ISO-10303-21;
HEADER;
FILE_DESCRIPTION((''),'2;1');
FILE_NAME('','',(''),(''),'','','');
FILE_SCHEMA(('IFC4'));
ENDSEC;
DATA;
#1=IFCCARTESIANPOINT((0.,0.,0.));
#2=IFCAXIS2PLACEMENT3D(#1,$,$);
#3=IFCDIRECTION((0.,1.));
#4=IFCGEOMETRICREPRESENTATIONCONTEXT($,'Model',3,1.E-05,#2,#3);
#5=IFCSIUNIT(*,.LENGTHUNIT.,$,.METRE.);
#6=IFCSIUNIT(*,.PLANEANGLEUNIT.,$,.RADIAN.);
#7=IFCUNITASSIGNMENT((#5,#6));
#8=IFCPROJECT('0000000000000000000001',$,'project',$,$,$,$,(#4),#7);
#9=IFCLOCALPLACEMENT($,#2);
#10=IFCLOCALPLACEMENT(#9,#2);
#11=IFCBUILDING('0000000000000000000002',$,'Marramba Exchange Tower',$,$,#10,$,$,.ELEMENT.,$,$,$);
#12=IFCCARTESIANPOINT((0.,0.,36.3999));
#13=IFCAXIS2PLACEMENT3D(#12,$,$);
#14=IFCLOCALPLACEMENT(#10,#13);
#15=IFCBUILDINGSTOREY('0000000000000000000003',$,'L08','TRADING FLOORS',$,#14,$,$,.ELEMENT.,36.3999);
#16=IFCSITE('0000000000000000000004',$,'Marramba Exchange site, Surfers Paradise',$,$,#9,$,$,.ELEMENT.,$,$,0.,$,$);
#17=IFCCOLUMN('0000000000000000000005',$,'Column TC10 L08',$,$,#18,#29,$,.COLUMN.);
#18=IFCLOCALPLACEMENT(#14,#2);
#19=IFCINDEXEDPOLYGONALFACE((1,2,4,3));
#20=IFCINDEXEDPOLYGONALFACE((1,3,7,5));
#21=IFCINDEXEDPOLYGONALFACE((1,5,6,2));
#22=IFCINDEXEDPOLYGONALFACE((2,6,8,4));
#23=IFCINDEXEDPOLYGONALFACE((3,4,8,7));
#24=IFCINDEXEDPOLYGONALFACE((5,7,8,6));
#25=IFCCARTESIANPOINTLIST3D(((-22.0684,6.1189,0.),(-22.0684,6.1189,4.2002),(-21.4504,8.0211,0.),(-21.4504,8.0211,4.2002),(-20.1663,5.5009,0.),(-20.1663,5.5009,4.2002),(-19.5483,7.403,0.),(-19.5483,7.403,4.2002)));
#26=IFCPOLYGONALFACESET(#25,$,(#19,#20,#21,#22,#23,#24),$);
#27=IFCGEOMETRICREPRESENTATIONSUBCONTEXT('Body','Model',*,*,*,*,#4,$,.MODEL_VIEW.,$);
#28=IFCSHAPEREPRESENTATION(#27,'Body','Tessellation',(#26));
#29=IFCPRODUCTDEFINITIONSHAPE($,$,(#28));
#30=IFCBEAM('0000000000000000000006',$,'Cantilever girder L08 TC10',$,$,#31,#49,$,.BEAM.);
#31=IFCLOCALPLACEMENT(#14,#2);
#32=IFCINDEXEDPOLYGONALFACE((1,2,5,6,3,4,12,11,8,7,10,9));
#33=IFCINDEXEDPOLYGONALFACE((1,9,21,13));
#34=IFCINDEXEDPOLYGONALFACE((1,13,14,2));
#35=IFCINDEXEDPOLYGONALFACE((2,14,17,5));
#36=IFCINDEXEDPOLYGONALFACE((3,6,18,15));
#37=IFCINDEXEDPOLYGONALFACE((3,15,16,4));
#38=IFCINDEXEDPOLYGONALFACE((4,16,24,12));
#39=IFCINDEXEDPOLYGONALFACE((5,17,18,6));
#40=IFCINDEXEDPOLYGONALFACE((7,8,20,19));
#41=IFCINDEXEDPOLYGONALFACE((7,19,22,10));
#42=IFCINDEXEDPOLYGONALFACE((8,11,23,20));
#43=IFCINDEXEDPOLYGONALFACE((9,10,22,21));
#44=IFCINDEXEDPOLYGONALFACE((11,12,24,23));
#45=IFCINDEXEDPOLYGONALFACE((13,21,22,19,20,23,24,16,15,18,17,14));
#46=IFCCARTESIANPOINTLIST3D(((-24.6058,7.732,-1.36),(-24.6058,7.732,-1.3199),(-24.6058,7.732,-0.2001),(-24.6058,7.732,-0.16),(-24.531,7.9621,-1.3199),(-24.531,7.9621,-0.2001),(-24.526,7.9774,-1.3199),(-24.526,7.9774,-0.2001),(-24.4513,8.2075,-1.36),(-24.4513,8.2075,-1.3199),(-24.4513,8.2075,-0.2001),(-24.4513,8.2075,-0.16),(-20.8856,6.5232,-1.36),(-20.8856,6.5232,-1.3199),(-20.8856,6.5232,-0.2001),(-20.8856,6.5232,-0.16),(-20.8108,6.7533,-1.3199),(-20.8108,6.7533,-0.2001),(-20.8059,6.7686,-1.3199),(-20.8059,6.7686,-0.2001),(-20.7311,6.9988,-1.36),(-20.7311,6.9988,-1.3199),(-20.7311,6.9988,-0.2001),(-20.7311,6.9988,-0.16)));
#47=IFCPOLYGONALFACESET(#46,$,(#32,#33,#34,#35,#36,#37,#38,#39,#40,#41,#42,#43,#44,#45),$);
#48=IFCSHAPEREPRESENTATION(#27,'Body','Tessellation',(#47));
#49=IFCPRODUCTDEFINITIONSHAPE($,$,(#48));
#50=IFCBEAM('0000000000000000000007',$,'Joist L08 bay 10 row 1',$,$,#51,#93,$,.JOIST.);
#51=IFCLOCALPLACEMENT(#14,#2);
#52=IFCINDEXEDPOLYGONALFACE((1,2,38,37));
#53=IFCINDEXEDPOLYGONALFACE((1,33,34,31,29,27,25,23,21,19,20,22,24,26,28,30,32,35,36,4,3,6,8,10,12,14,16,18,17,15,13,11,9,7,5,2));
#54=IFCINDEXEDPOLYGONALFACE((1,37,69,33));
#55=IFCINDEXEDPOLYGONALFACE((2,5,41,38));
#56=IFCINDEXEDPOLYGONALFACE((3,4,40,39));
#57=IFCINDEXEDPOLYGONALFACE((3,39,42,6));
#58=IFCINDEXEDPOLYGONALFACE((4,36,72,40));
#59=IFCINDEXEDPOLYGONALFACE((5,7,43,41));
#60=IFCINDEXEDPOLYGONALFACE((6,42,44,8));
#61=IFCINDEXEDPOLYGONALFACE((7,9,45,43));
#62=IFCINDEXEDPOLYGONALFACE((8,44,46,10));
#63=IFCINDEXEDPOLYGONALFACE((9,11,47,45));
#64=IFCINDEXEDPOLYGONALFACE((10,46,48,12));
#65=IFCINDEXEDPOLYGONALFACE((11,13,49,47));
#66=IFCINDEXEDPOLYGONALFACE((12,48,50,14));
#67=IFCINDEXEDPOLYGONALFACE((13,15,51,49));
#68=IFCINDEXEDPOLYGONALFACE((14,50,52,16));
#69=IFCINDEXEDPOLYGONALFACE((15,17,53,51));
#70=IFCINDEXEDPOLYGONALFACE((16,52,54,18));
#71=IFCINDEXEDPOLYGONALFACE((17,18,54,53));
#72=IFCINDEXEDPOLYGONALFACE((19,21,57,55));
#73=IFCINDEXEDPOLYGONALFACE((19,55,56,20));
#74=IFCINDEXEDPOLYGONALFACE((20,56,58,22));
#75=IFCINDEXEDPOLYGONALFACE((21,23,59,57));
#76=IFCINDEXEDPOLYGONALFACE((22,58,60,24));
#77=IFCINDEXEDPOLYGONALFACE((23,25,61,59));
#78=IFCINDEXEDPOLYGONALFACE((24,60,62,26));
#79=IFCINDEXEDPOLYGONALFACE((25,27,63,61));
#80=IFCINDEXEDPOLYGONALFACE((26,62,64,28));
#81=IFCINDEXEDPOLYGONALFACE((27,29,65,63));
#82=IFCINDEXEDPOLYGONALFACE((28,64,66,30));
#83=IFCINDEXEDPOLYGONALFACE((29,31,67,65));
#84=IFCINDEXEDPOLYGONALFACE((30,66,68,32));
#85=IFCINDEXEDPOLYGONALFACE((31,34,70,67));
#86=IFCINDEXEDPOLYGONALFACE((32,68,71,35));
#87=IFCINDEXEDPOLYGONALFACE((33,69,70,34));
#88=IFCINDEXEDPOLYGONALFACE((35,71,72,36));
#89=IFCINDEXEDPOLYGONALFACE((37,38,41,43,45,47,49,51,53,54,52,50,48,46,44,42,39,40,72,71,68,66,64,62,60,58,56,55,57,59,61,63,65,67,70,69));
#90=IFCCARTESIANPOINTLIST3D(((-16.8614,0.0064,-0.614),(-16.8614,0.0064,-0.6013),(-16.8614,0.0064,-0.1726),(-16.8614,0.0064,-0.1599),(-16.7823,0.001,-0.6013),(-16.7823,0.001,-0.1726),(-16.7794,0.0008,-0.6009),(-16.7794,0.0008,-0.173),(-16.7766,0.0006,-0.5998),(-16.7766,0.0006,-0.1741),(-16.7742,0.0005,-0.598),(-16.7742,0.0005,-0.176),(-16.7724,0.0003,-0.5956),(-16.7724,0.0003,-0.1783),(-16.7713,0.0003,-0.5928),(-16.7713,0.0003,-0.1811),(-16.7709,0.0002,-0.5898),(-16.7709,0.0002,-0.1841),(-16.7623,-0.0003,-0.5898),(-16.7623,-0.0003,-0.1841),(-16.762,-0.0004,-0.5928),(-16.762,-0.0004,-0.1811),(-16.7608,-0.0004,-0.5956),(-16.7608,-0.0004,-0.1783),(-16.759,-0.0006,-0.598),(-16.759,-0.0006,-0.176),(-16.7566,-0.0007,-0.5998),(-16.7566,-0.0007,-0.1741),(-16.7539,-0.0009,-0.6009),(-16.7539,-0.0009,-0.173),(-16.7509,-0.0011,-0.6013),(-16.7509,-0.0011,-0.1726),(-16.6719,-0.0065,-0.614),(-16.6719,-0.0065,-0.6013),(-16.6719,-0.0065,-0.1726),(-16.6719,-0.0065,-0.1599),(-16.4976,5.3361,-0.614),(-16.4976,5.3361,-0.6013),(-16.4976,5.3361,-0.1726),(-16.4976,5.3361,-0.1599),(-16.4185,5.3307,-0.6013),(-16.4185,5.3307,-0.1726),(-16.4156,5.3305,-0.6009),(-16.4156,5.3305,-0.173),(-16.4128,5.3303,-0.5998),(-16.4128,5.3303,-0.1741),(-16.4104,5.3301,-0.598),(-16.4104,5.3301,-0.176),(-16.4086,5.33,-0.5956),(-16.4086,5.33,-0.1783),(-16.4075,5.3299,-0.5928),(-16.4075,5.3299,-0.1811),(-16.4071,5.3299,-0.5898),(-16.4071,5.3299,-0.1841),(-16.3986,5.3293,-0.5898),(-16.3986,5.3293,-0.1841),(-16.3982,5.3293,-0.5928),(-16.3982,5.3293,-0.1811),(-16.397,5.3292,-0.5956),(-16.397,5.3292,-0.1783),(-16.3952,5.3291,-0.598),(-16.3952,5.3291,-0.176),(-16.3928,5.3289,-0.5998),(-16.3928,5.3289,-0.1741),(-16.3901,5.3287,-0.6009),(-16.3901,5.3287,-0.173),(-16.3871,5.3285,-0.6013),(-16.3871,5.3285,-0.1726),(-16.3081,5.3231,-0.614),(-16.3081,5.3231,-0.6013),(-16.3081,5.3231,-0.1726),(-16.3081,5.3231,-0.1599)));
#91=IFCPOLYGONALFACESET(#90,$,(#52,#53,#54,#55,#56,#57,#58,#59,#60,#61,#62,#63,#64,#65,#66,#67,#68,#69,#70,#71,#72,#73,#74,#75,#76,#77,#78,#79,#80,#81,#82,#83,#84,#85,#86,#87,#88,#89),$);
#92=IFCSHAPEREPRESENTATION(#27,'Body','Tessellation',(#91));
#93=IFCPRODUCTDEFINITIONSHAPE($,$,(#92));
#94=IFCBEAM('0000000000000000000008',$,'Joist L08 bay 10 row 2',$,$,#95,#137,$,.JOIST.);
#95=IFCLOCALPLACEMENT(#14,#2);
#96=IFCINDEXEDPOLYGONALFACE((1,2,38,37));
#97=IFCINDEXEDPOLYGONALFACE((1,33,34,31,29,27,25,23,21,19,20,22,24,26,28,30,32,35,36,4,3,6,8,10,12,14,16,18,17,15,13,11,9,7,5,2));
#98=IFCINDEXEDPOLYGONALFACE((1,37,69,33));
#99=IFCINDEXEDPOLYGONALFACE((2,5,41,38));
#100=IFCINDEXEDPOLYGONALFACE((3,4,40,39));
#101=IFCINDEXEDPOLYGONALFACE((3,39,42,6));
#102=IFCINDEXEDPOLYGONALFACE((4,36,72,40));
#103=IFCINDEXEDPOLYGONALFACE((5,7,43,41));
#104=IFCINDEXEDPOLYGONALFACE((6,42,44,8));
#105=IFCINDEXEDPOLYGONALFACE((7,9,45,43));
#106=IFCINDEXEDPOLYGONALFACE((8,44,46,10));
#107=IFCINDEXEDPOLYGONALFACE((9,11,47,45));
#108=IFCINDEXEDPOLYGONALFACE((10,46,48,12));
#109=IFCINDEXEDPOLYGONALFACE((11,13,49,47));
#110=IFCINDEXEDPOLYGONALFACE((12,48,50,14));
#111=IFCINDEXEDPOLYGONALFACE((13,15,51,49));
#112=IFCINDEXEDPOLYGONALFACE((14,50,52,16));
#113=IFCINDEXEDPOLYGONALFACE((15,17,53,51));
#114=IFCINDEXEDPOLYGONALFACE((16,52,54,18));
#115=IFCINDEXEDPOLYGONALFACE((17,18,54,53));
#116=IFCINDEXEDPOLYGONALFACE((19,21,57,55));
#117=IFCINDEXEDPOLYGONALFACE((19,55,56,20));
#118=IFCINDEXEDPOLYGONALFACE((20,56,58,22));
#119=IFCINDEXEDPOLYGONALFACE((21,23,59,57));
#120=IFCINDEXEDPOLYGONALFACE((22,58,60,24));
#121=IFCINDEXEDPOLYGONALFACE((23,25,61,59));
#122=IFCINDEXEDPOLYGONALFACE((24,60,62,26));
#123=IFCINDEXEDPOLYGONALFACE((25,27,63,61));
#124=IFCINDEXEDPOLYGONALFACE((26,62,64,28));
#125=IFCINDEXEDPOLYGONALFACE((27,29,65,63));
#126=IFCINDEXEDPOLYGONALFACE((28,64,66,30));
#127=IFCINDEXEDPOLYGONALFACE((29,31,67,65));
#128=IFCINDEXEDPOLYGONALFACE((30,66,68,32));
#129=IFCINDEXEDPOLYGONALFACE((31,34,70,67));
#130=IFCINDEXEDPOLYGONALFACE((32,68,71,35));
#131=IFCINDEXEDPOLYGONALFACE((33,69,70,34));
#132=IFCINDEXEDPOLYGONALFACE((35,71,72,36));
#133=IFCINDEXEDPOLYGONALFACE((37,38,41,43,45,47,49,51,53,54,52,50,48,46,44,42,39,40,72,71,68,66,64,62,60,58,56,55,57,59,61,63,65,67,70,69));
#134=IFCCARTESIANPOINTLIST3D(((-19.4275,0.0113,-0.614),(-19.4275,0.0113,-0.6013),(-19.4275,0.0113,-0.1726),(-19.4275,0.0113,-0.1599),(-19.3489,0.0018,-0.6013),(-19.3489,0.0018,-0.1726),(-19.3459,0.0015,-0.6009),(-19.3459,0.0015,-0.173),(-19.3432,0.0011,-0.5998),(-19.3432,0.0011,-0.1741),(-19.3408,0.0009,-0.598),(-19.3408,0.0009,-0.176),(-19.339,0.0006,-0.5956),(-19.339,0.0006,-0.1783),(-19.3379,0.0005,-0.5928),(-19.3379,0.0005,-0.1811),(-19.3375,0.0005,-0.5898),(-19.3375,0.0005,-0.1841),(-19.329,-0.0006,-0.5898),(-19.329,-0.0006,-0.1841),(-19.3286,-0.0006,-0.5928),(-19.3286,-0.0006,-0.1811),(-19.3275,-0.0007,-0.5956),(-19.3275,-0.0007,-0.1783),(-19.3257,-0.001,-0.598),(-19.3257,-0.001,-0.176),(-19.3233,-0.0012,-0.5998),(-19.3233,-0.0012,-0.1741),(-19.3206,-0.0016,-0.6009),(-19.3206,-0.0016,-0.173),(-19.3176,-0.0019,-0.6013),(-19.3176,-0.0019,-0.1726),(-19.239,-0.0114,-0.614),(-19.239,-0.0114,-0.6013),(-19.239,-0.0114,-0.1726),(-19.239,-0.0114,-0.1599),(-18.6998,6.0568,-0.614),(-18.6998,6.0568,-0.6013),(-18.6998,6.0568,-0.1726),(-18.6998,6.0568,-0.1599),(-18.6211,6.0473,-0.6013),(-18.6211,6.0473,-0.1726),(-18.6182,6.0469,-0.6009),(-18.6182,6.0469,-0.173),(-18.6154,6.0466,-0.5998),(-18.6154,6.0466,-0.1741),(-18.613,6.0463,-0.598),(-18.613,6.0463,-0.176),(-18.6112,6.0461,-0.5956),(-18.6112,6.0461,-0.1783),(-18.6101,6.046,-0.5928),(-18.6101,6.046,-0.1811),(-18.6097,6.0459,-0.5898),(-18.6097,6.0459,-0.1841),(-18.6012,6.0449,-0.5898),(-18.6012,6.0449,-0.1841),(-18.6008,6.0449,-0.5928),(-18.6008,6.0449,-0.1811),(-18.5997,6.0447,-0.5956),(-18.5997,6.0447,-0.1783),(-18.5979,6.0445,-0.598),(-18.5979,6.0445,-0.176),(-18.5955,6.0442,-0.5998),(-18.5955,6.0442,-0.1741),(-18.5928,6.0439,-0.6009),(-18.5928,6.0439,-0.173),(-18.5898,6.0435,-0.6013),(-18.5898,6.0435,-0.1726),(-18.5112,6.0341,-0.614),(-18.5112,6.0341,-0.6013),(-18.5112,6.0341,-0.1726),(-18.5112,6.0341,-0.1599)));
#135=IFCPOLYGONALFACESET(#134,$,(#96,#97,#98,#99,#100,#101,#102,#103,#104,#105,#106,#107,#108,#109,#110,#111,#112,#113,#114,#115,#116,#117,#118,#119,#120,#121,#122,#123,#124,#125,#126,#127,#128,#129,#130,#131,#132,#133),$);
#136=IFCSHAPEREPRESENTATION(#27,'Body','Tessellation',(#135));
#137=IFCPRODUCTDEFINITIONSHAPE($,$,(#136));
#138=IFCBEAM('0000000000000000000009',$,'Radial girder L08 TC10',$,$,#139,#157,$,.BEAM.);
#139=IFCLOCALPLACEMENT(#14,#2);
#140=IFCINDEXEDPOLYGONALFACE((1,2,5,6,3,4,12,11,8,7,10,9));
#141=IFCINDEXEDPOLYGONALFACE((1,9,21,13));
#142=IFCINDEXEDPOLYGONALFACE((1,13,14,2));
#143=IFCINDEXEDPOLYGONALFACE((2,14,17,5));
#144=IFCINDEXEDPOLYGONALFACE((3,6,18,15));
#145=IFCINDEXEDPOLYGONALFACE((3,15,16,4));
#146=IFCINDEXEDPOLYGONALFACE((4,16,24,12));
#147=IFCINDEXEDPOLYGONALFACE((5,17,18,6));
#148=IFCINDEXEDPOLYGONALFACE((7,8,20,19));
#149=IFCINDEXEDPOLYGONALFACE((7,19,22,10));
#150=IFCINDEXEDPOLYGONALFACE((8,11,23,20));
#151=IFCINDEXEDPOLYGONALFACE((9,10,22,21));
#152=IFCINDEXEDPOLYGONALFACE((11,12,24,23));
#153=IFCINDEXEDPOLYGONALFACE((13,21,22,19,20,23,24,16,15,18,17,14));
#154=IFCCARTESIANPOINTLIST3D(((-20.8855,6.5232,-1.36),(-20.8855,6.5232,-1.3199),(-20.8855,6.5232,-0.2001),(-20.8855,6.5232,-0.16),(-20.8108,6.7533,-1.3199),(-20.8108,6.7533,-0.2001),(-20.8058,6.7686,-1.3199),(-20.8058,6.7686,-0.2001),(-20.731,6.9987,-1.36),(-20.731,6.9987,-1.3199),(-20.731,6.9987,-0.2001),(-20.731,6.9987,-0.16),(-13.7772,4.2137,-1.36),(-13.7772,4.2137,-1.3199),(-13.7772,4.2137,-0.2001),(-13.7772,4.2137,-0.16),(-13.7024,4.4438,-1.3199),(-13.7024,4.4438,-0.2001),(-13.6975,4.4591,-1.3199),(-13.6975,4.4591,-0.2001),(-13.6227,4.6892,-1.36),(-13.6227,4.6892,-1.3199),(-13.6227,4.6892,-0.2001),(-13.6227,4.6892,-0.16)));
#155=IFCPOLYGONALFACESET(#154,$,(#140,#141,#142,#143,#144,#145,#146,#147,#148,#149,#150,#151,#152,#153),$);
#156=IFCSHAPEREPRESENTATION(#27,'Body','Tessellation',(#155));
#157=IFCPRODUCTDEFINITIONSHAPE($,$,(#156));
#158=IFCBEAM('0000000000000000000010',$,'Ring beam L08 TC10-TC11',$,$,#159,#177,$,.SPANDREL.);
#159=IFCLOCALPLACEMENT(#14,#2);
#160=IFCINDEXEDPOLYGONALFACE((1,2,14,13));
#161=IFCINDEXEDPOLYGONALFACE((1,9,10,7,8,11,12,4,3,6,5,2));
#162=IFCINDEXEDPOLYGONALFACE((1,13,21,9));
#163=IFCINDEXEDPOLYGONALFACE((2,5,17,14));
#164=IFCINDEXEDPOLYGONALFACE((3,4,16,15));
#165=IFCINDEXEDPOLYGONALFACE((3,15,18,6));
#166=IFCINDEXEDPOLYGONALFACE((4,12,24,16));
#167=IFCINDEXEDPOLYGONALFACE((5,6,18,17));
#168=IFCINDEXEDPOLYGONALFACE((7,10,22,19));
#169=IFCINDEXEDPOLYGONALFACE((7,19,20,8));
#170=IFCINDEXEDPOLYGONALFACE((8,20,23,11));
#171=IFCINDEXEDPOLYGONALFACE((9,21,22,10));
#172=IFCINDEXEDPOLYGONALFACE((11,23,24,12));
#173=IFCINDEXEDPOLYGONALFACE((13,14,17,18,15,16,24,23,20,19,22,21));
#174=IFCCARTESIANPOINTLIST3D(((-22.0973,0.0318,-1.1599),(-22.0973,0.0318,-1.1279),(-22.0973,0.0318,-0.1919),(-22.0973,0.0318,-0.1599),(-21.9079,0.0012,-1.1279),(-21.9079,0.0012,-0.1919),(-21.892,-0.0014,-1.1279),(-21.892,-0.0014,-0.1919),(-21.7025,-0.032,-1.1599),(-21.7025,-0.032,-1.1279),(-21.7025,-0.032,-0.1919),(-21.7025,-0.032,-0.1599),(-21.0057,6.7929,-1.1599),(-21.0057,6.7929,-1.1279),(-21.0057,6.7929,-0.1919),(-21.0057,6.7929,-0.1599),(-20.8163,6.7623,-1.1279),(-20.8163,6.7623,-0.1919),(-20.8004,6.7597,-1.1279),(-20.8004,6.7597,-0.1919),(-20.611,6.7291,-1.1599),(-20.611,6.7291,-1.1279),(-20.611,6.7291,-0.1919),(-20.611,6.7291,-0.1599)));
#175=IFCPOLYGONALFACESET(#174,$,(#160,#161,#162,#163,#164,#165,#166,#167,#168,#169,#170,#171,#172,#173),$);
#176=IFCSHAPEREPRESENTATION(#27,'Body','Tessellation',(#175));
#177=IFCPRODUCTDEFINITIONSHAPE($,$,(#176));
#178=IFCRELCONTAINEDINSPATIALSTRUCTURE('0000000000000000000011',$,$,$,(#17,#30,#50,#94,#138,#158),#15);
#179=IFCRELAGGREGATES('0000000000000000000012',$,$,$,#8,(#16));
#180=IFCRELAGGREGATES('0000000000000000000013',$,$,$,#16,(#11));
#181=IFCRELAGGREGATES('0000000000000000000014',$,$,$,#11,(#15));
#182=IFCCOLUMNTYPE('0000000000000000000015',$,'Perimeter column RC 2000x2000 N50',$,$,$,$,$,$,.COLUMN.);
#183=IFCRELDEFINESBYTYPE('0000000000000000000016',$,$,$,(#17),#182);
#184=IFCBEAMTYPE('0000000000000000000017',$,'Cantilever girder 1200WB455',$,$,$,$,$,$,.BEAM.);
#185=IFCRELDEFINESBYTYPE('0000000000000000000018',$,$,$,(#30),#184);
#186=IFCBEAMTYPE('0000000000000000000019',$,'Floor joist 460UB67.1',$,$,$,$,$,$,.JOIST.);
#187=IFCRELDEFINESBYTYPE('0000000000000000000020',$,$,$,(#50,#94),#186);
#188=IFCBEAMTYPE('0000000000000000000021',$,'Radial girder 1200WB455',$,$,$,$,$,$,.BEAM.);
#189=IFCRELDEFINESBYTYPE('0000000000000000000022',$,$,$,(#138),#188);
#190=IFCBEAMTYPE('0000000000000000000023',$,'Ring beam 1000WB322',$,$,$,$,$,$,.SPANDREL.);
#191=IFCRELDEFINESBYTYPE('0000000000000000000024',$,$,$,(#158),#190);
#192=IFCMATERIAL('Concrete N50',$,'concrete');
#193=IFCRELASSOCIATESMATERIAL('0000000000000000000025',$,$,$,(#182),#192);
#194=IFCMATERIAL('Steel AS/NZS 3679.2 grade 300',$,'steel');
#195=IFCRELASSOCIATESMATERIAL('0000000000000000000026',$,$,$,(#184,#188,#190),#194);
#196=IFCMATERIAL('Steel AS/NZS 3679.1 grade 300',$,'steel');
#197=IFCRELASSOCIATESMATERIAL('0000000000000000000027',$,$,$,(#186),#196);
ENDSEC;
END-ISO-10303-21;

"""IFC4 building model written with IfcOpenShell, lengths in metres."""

from ifc_helpers import new_model, si_unit, direction, frame, origin, origin_2d, place, context, subcontext, project, spatial, rectangle, i_section, extrude, material, material_profile, profile_set, type_object, element, save


model = new_model("IFC4")

# Units and contexts
model_context = context("Model", 3, precision=1e-05, world=origin(), true_north=direction((0.0, 1.0)))
body_context = subcontext(model_context, "Body", "Model", "MODEL_VIEW")
ifc_project = project(units=[si_unit("LENGTHUNIT", "METRE"), si_unit("PLANEANGLEUNIT", "RADIAN")], contexts=[model_context])

# Site, building, storey
site_placement = place(None, origin())
site = spatial("IfcSite", under=ifc_project, at=site_placement, Name="Marramba Exchange site, Surfers Paradise", CompositionType="ELEMENT", RefElevation=0.0)
building_placement = place(site_placement, origin())
building = spatial("IfcBuilding", under=site, at=building_placement, Name="Marramba Exchange Tower", CompositionType="ELEMENT")
storey_placement = place(building_placement, frame((0.0, 0.0, 36.3999)))
storey = spatial("IfcBuildingStorey", under=building, at=storey_placement, Name="L08", Description="TRADING FLOORS", CompositionType="ELEMENT", Elevation=36.3999)

# Column
ifc_material_1 = material(Name="Concrete N50", Category="concrete")
ifc_material_profile_1 = material_profile(ifc_material_1, rectangle(XDim=2.0, YDim=2.0, at=origin_2d()), Name="RC 2000x2000")
ifc_profile_set_1 = profile_set([ifc_material_profile_1], Name="Concrete N50")
column_type = type_object("IfcColumnType", Name="Perimeter column RC 2000x2000 N50", PredefinedType="COLUMN", material=ifc_profile_set_1)
column_placement = place(storey_placement, frame((-20.8083, 6.761, 0.0), z_axis=(0.0, 0.0, 1.0), x_axis=(-0.951057, 0.309017, 0.0)))
element("IfcColumn", 1, at=column_placement, inside=storey, type_object=column_type, Name="Column TC10 L08", PredefinedType="COLUMN", context=body_context, shape_type="SweptSolid", body=[
    extrude(rectangle(XDim=2.0, YDim=2.0, at=origin_2d()), origin(), (0.0, 0.0, 1.0), 4.2002),
])

# Beams
ifc_material_2 = material(Name="Steel AS/NZS 3679.2 grade 300", Category="steel")
ifc_material_profile_2 = material_profile(ifc_material_2, i_section(OverallWidth=0.5, OverallDepth=1.2, WebThickness=0.0161, FlangeThickness=0.04, at=origin_2d()), Name="1200WB455")
ifc_profile_set_2 = profile_set([ifc_material_profile_2], Name="Steel AS/NZS 3679.2 grade 300")
beam_type_1 = type_object("IfcBeamType", Name="Cantilever girder 1200WB455", PredefinedType="BEAM", material=ifc_profile_set_2)
beam_1_placement = place(storey_placement, frame((-20.8083, 6.761, -0.76), z_axis=(-0.951059, 0.30901, 0.0), x_axis=(-0.30901, -0.951059, 0.0)))
element("IfcBeam", 2, at=beam_1_placement, inside=storey, type_object=beam_type_1, Name="Cantilever girder L08 TC10", PredefinedType="BEAM", context=body_context, shape_type="SweptSolid", body=[
    extrude(i_section(OverallWidth=0.5, OverallDepth=1.2, WebThickness=0.0161, FlangeThickness=0.04, at=origin_2d()), origin(), (0.0, 0.0, 1.0), 3.9116),
])
ifc_material_3 = material(Name="Steel AS/NZS 3679.1 grade 300", Category="steel")
ifc_material_profile_3 = material_profile(ifc_material_3, i_section(OverallWidth=0.1899, OverallDepth=0.4541, WebThickness=0.0085, FlangeThickness=0.0127, FilletRadius=0.0115, at=origin_2d()), Name="460UB67.1")
ifc_profile_set_3 = profile_set([ifc_material_profile_3], Name="Steel AS/NZS 3679.1 grade 300")
beam_type_2 = type_object("IfcBeamType", Name="Floor joist 460UB67.1", PredefinedType="JOIST", material=ifc_profile_set_3)
beam_2_placement = place(storey_placement, frame((-16.4028, 5.3296, -0.387), z_axis=(-0.068096, -0.997679, 0.0), x_axis=(0.997679, -0.068096, 0.0)))
element("IfcBeam", 3, at=beam_2_placement, inside=storey, type_object=beam_type_2, Name="Joist L08 bay 10 row 1", PredefinedType="JOIST", context=body_context, shape_type="SweptSolid", body=[
    extrude(i_section(OverallWidth=0.1899, OverallDepth=0.4541, WebThickness=0.0085, FlangeThickness=0.0127, FilletRadius=0.0115, at=origin_2d()), origin(), (0.0, 0.0, 1.0), 5.342),
])
beam_3_placement = place(storey_placement, frame((-18.6055, 6.0454, -0.387), z_axis=(-0.119523, -0.992831, 0.0), x_axis=(0.992831, -0.119523, 0.0)))
element("IfcBeam", 4, at=beam_3_placement, inside=storey, type_object=beam_type_2, Name="Joist L08 bay 10 row 2", PredefinedType="JOIST", context=body_context, shape_type="SweptSolid", body=[
    extrude(i_section(OverallWidth=0.1899, OverallDepth=0.4541, WebThickness=0.0085, FlangeThickness=0.0127, FilletRadius=0.0115, at=origin_2d()), origin(), (0.0, 0.0, 1.0), 6.0891),
])
ifc_material_profile_4 = material_profile(ifc_material_2, i_section(OverallWidth=0.5, OverallDepth=1.2, WebThickness=0.0161, FlangeThickness=0.04, at=origin_2d()), Name="1200WB455")
ifc_profile_set_4 = profile_set([ifc_material_profile_4], Name="Steel AS/NZS 3679.2 grade 300")
beam_type_3 = type_object("IfcBeamType", Name="Radial girder 1200WB455", PredefinedType="BEAM", material=ifc_profile_set_4)
beam_4_placement = place(storey_placement, frame((-13.7, 4.4514, -0.76), z_axis=(-0.95106, 0.309006, 0.0), x_axis=(-0.309006, -0.95106, 0.0)))
element("IfcBeam", 5, at=beam_4_placement, inside=storey, type_object=beam_type_3, Name="Radial girder L08 TC10", PredefinedType="BEAM", context=body_context, shape_type="SweptSolid", body=[
    extrude(i_section(OverallWidth=0.5, OverallDepth=1.2, WebThickness=0.0161, FlangeThickness=0.04, at=origin_2d()), origin(), (0.0, 0.0, 1.0), 7.4741),
])
ifc_material_profile_5 = material_profile(ifc_material_2, i_section(OverallWidth=0.3999, OverallDepth=1.0, WebThickness=0.0161, FlangeThickness=0.032, at=origin_2d()), Name="1000WB322")
ifc_profile_set_5 = profile_set([ifc_material_profile_5], Name="Steel AS/NZS 3679.2 grade 300")
beam_type_4 = type_object("IfcBeamType", Name="Ring beam 1000WB322", PredefinedType="SPANDREL", material=ifc_profile_set_5)
beam_5_placement = place(storey_placement, frame((-20.8083, 6.761, -0.6599), z_axis=(-0.159385, -0.987217, 0.0), x_axis=(0.987217, -0.159385, 0.0)))
element("IfcBeam", 6, at=beam_5_placement, inside=storey, type_object=beam_type_4, Name="Ring beam L08 TC10-TC11", PredefinedType="SPANDREL", context=body_context, shape_type="SweptSolid", body=[
    extrude(i_section(OverallWidth=0.3999, OverallDepth=1.0, WebThickness=0.0161, FlangeThickness=0.032, at=origin_2d()), origin(), (0.0, 0.0, 1.0), 6.8486),
])

save(model, "model.ifc")
